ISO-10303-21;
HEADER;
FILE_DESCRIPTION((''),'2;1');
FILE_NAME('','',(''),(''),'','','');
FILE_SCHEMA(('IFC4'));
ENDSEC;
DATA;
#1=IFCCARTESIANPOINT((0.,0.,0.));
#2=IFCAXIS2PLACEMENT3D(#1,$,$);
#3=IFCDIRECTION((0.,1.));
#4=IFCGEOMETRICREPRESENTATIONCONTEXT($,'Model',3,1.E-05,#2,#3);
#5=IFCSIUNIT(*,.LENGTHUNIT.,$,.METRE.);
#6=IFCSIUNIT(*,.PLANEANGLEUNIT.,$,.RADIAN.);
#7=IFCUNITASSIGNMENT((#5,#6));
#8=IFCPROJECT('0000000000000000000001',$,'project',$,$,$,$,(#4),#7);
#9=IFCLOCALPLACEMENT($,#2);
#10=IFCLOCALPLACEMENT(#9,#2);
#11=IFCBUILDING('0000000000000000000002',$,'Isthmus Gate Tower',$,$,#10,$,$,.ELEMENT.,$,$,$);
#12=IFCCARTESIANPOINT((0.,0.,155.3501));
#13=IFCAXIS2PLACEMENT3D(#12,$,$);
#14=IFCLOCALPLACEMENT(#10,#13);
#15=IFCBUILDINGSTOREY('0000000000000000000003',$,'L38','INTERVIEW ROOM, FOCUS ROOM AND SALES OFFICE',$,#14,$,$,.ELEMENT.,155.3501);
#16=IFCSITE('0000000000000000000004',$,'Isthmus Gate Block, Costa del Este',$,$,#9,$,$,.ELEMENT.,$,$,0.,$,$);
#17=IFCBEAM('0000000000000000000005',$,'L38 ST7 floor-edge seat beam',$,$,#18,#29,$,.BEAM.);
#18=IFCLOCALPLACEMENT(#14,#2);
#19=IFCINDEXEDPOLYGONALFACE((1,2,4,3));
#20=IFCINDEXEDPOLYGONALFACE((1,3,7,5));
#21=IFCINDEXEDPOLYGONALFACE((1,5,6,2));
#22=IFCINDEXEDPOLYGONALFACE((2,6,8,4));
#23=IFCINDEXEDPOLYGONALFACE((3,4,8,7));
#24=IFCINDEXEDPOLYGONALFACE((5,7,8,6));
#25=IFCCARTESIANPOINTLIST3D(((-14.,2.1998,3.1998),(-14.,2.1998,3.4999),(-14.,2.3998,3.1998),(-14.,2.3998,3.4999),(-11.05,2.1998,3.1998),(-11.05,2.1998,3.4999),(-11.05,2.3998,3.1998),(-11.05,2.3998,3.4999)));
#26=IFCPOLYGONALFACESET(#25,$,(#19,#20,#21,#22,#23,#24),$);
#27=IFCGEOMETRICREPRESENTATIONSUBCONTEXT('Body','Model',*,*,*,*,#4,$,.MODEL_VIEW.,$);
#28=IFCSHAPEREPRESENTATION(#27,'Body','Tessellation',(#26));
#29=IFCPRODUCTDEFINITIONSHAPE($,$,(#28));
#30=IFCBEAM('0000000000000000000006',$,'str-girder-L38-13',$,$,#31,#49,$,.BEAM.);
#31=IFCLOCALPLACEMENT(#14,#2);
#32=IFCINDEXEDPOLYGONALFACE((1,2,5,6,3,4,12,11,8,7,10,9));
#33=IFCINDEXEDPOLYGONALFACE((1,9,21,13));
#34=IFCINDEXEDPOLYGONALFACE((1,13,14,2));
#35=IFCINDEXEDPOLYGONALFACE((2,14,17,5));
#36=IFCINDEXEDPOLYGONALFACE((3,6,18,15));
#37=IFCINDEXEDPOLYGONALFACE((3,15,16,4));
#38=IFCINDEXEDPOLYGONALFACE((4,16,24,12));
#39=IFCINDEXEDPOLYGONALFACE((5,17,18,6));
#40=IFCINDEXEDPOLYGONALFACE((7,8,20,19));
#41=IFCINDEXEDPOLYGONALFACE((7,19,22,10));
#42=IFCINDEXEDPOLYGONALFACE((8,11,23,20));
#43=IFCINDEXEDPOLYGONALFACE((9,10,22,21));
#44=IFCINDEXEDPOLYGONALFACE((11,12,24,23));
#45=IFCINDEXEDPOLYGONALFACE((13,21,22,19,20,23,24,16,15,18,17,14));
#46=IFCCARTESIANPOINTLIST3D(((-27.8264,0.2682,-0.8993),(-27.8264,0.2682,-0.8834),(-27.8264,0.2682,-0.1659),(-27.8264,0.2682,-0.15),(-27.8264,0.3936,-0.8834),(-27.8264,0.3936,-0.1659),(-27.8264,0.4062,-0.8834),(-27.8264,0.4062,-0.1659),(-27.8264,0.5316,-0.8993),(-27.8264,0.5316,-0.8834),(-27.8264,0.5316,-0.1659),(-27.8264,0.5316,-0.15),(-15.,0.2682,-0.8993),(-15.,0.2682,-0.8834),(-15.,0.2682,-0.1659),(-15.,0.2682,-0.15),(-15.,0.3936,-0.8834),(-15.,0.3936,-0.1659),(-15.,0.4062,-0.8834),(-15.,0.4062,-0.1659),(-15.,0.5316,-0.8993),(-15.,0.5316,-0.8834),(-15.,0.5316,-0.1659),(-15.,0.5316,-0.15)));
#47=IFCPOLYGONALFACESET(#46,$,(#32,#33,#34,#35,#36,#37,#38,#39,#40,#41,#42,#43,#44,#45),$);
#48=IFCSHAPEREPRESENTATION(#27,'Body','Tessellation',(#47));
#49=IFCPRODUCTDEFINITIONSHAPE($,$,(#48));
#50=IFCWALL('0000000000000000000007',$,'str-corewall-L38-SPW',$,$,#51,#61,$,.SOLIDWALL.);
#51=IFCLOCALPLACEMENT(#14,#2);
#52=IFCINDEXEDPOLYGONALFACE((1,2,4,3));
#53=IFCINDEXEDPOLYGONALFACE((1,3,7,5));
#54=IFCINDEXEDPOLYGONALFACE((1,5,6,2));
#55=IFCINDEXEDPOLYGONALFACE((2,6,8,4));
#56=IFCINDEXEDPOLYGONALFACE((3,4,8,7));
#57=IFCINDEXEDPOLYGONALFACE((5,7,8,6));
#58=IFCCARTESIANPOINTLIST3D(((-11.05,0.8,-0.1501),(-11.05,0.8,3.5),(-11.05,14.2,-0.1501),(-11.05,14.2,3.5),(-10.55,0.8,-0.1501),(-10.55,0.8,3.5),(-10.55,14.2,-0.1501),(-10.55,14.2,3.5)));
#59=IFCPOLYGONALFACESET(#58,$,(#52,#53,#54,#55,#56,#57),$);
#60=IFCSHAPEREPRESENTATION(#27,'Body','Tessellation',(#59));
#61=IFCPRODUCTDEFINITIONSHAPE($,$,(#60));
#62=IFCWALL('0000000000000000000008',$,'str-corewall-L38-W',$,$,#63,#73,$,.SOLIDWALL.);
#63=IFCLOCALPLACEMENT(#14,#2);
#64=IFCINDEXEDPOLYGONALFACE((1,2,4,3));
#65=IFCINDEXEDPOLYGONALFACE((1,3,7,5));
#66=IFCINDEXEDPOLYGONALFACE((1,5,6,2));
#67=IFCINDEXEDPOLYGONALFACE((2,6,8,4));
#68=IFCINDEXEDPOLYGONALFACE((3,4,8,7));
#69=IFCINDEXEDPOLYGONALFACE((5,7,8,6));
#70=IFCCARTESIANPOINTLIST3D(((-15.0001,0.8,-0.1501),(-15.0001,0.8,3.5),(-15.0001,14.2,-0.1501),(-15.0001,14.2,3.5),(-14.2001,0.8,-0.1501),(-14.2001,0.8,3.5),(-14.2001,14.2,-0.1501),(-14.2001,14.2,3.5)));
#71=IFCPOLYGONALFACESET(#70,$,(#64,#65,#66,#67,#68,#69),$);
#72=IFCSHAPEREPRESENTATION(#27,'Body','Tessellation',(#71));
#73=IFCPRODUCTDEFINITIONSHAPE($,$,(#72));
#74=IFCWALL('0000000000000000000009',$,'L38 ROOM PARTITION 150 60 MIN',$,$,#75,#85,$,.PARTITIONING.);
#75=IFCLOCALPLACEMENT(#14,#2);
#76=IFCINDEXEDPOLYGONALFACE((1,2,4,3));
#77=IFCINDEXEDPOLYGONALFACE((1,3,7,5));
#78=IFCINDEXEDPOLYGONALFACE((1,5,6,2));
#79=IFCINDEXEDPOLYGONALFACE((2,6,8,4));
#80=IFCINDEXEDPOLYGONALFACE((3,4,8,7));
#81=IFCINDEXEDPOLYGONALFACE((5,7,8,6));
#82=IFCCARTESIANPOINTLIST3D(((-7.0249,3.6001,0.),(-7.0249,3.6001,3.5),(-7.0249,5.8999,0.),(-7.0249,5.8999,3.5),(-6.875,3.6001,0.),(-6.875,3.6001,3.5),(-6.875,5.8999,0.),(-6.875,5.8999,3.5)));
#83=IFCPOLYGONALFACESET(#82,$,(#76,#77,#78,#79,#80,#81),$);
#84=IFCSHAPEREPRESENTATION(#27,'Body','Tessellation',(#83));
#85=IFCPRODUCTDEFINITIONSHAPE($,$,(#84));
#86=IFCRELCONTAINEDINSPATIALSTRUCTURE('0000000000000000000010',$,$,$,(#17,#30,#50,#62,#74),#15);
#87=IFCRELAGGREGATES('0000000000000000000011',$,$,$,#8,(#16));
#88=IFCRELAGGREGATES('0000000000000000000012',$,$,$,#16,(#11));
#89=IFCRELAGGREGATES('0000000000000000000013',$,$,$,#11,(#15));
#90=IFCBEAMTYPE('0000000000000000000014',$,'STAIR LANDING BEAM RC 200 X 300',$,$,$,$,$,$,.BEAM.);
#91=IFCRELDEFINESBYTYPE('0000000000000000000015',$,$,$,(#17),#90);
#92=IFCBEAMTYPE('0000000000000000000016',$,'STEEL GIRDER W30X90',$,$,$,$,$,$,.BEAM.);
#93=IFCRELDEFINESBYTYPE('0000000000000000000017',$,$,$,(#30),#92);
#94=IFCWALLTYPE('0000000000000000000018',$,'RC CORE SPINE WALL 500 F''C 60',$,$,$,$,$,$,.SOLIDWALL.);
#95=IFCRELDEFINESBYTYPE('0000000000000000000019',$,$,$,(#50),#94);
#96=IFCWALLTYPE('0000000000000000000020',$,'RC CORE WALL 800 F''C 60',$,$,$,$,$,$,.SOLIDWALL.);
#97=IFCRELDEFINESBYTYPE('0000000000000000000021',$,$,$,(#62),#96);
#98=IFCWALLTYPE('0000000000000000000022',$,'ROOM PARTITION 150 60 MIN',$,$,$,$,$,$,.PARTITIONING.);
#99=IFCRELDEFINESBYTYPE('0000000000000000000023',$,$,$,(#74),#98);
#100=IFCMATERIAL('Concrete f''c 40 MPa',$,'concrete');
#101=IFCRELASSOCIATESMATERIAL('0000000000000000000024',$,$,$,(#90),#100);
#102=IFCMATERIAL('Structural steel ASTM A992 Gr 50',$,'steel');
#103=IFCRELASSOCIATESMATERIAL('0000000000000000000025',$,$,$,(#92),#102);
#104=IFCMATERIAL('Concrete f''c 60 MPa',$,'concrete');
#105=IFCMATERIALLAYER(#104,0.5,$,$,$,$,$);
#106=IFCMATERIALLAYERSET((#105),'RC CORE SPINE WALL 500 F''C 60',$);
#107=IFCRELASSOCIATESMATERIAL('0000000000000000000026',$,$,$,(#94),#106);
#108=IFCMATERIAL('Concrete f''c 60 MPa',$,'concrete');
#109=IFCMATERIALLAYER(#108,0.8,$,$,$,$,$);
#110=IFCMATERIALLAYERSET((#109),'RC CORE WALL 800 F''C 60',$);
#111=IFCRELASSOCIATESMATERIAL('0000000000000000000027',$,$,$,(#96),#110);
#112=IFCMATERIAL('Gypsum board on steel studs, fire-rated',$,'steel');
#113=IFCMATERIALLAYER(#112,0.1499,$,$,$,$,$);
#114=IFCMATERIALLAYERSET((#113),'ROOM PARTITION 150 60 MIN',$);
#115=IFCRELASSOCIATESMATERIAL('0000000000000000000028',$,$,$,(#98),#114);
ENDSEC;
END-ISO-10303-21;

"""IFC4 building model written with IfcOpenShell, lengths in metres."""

from ifc_helpers import new_model, si_unit, direction, frame, frame_2d, origin, origin_2d, place, context, subcontext, project, spatial, rectangle, i_section, extrude, material, layer, layer_set, material_profile, profile_set, type_object, element, save


model = new_model("IFC4")

# Units and contexts
model_context = context("Model", 3, precision=1e-05, world=origin(), true_north=direction((0.0, 1.0)))
body_context = subcontext(model_context, "Body", "Model", "MODEL_VIEW")
ifc_project = project(units=[si_unit("LENGTHUNIT", "METRE"), si_unit("PLANEANGLEUNIT", "RADIAN")], contexts=[model_context])

# Site, building, storey
site_placement = place(None, origin())
site = spatial("IfcSite", under=ifc_project, at=site_placement, Name="Isthmus Gate Block, Costa del Este", CompositionType="ELEMENT", RefElevation=0.0)
building_placement = place(site_placement, origin())
building = spatial("IfcBuilding", under=site, at=building_placement, Name="Isthmus Gate Tower", CompositionType="ELEMENT")
storey_placement = place(building_placement, frame((0.0, 0.0, 155.3501)))
storey = spatial("IfcBuildingStorey", under=building, at=storey_placement, Name="L38", Description="INTERVIEW ROOM, FOCUS ROOM AND SALES OFFICE", CompositionType="ELEMENT", Elevation=155.3501)

# Beams
ifc_material_1 = material(Name="Concrete f'c 40 MPa", Category="concrete")
ifc_material_profile_1 = material_profile(ifc_material_1, rectangle(XDim=0.2, YDim=0.3, at=origin_2d()), Name="STAIR LANDING BEAM RC 200 X 300")
ifc_profile_set_1 = profile_set([ifc_material_profile_1], Name="Concrete f'c 40 MPa")
beam_type_1 = type_object("IfcBeamType", Name="STAIR LANDING BEAM RC 200 X 300", PredefinedType="BEAM", material=ifc_profile_set_1)
beam_1_placement = place(storey_placement, frame((-14.0, 2.2998, 3.3499), z_axis=(1.0, 0.0, 0.0), x_axis=(0.0, 1.0, 0.0)))
element("IfcBeam", 1, at=beam_1_placement, inside=storey, type_object=beam_type_1, Name="L38 ST7 floor-edge seat beam", PredefinedType="BEAM", context=body_context, shape_type="SweptSolid", body=[
    extrude(rectangle(XDim=0.2, YDim=0.3, at=origin_2d()), origin(), (0.0, 0.0, 1.0), 2.95),
])
ifc_material_2 = material(Name="Structural steel ASTM A992 Gr 50", Category="steel")
ifc_material_profile_2 = material_profile(ifc_material_2, i_section(OverallWidth=0.2634, OverallDepth=0.7493, WebThickness=0.0127, FlangeThickness=0.0159, at=origin_2d()), Name="W30X90")
ifc_profile_set_2 = profile_set([ifc_material_profile_2], Name="Structural steel ASTM A992 Gr 50")
beam_type_2 = type_object("IfcBeamType", Name="STEEL GIRDER W30X90", PredefinedType="BEAM", material=ifc_profile_set_2)
beam_2_placement = place(storey_placement, frame((-15.0, 0.3999, -0.5247), z_axis=(-1.0, 0.0, 0.0), x_axis=(0.0, -1.0, 0.0)))
element("IfcBeam", 2, at=beam_2_placement, inside=storey, type_object=beam_type_2, Name="str-girder-L38-13", PredefinedType="BEAM", context=body_context, shape_type="SweptSolid", body=[
    extrude(i_section(OverallWidth=0.2634, OverallDepth=0.7493, WebThickness=0.0127, FlangeThickness=0.0159, at=origin_2d()), origin(), (0.0, 0.0, 1.0), 12.8264),
])

# Walls
ifc_material_3 = material(Name="Concrete f'c 60 MPa", Category="concrete")
ifc_layer_1 = layer(ifc_material_3, 0.5)
ifc_layer_set_1 = layer_set([ifc_layer_1], Name="RC CORE SPINE WALL 500 F'C 60")
wall_type_1 = type_object("IfcWallType", Name="RC CORE SPINE WALL 500 F'C 60", PredefinedType="SOLIDWALL", material=ifc_layer_set_1)
wall_1_placement = place(storey_placement, frame((-10.8, 0.8, -0.1501), z_axis=(0.0, 0.0, 1.0), x_axis=(0.0, 1.0, 0.0)))
element("IfcWall", 3, at=wall_1_placement, inside=storey, type_object=wall_type_1, Name="str-corewall-L38-SPW", PredefinedType="SOLIDWALL", context=body_context, shape_type="SweptSolid", body=[
    extrude(rectangle(XDim=13.3999, YDim=0.5, at=frame_2d((6.7, 0.0))), origin(), (0.0, 0.0, 1.0), 3.6501),
])
ifc_material_4 = material(Name="Concrete f'c 60 MPa", Category="concrete")
ifc_layer_2 = layer(ifc_material_4, 0.8)
ifc_layer_set_2 = layer_set([ifc_layer_2], Name="RC CORE WALL 800 F'C 60")
wall_type_2 = type_object("IfcWallType", Name="RC CORE WALL 800 F'C 60", PredefinedType="SOLIDWALL", material=ifc_layer_set_2)
wall_2_placement = place(storey_placement, frame((-14.6001, 0.8, -0.1501), z_axis=(0.0, 0.0, 1.0), x_axis=(0.0, 1.0, 0.0)))
element("IfcWall", 4, at=wall_2_placement, inside=storey, type_object=wall_type_2, Name="str-corewall-L38-W", PredefinedType="SOLIDWALL", context=body_context, shape_type="SweptSolid", body=[
    extrude(rectangle(XDim=13.3999, YDim=0.8, at=frame_2d((6.7, 0.0))), origin(), (0.0, 0.0, 1.0), 3.6501),
])
ifc_material_5 = material(Name="Gypsum board on steel studs, fire-rated", Category="steel")
ifc_layer_3 = layer(ifc_material_5, 0.1499)
ifc_layer_set_3 = layer_set([ifc_layer_3], Name="ROOM PARTITION 150 60 MIN")
wall_type_3 = type_object("IfcWallType", Name="ROOM PARTITION 150 60 MIN", PredefinedType="PARTITIONING", material=ifc_layer_set_3)
wall_3_placement = place(storey_placement, frame((-6.95, 3.6001, 0.0), z_axis=(0.0, 0.0, 1.0), x_axis=(0.0, 1.0, 0.0)))
element("IfcWall", 5, at=wall_3_placement, inside=storey, type_object=wall_type_3, Name="L38 ROOM PARTITION 150 60 MIN", PredefinedType="PARTITIONING", context=body_context, shape_type="SweptSolid", body=[
    extrude(rectangle(XDim=2.2998, YDim=0.1499, at=frame_2d((1.1499, 0.0))), origin(), (0.0, 0.0, 1.0), 3.5),
])

save(model, "model.ifc")
